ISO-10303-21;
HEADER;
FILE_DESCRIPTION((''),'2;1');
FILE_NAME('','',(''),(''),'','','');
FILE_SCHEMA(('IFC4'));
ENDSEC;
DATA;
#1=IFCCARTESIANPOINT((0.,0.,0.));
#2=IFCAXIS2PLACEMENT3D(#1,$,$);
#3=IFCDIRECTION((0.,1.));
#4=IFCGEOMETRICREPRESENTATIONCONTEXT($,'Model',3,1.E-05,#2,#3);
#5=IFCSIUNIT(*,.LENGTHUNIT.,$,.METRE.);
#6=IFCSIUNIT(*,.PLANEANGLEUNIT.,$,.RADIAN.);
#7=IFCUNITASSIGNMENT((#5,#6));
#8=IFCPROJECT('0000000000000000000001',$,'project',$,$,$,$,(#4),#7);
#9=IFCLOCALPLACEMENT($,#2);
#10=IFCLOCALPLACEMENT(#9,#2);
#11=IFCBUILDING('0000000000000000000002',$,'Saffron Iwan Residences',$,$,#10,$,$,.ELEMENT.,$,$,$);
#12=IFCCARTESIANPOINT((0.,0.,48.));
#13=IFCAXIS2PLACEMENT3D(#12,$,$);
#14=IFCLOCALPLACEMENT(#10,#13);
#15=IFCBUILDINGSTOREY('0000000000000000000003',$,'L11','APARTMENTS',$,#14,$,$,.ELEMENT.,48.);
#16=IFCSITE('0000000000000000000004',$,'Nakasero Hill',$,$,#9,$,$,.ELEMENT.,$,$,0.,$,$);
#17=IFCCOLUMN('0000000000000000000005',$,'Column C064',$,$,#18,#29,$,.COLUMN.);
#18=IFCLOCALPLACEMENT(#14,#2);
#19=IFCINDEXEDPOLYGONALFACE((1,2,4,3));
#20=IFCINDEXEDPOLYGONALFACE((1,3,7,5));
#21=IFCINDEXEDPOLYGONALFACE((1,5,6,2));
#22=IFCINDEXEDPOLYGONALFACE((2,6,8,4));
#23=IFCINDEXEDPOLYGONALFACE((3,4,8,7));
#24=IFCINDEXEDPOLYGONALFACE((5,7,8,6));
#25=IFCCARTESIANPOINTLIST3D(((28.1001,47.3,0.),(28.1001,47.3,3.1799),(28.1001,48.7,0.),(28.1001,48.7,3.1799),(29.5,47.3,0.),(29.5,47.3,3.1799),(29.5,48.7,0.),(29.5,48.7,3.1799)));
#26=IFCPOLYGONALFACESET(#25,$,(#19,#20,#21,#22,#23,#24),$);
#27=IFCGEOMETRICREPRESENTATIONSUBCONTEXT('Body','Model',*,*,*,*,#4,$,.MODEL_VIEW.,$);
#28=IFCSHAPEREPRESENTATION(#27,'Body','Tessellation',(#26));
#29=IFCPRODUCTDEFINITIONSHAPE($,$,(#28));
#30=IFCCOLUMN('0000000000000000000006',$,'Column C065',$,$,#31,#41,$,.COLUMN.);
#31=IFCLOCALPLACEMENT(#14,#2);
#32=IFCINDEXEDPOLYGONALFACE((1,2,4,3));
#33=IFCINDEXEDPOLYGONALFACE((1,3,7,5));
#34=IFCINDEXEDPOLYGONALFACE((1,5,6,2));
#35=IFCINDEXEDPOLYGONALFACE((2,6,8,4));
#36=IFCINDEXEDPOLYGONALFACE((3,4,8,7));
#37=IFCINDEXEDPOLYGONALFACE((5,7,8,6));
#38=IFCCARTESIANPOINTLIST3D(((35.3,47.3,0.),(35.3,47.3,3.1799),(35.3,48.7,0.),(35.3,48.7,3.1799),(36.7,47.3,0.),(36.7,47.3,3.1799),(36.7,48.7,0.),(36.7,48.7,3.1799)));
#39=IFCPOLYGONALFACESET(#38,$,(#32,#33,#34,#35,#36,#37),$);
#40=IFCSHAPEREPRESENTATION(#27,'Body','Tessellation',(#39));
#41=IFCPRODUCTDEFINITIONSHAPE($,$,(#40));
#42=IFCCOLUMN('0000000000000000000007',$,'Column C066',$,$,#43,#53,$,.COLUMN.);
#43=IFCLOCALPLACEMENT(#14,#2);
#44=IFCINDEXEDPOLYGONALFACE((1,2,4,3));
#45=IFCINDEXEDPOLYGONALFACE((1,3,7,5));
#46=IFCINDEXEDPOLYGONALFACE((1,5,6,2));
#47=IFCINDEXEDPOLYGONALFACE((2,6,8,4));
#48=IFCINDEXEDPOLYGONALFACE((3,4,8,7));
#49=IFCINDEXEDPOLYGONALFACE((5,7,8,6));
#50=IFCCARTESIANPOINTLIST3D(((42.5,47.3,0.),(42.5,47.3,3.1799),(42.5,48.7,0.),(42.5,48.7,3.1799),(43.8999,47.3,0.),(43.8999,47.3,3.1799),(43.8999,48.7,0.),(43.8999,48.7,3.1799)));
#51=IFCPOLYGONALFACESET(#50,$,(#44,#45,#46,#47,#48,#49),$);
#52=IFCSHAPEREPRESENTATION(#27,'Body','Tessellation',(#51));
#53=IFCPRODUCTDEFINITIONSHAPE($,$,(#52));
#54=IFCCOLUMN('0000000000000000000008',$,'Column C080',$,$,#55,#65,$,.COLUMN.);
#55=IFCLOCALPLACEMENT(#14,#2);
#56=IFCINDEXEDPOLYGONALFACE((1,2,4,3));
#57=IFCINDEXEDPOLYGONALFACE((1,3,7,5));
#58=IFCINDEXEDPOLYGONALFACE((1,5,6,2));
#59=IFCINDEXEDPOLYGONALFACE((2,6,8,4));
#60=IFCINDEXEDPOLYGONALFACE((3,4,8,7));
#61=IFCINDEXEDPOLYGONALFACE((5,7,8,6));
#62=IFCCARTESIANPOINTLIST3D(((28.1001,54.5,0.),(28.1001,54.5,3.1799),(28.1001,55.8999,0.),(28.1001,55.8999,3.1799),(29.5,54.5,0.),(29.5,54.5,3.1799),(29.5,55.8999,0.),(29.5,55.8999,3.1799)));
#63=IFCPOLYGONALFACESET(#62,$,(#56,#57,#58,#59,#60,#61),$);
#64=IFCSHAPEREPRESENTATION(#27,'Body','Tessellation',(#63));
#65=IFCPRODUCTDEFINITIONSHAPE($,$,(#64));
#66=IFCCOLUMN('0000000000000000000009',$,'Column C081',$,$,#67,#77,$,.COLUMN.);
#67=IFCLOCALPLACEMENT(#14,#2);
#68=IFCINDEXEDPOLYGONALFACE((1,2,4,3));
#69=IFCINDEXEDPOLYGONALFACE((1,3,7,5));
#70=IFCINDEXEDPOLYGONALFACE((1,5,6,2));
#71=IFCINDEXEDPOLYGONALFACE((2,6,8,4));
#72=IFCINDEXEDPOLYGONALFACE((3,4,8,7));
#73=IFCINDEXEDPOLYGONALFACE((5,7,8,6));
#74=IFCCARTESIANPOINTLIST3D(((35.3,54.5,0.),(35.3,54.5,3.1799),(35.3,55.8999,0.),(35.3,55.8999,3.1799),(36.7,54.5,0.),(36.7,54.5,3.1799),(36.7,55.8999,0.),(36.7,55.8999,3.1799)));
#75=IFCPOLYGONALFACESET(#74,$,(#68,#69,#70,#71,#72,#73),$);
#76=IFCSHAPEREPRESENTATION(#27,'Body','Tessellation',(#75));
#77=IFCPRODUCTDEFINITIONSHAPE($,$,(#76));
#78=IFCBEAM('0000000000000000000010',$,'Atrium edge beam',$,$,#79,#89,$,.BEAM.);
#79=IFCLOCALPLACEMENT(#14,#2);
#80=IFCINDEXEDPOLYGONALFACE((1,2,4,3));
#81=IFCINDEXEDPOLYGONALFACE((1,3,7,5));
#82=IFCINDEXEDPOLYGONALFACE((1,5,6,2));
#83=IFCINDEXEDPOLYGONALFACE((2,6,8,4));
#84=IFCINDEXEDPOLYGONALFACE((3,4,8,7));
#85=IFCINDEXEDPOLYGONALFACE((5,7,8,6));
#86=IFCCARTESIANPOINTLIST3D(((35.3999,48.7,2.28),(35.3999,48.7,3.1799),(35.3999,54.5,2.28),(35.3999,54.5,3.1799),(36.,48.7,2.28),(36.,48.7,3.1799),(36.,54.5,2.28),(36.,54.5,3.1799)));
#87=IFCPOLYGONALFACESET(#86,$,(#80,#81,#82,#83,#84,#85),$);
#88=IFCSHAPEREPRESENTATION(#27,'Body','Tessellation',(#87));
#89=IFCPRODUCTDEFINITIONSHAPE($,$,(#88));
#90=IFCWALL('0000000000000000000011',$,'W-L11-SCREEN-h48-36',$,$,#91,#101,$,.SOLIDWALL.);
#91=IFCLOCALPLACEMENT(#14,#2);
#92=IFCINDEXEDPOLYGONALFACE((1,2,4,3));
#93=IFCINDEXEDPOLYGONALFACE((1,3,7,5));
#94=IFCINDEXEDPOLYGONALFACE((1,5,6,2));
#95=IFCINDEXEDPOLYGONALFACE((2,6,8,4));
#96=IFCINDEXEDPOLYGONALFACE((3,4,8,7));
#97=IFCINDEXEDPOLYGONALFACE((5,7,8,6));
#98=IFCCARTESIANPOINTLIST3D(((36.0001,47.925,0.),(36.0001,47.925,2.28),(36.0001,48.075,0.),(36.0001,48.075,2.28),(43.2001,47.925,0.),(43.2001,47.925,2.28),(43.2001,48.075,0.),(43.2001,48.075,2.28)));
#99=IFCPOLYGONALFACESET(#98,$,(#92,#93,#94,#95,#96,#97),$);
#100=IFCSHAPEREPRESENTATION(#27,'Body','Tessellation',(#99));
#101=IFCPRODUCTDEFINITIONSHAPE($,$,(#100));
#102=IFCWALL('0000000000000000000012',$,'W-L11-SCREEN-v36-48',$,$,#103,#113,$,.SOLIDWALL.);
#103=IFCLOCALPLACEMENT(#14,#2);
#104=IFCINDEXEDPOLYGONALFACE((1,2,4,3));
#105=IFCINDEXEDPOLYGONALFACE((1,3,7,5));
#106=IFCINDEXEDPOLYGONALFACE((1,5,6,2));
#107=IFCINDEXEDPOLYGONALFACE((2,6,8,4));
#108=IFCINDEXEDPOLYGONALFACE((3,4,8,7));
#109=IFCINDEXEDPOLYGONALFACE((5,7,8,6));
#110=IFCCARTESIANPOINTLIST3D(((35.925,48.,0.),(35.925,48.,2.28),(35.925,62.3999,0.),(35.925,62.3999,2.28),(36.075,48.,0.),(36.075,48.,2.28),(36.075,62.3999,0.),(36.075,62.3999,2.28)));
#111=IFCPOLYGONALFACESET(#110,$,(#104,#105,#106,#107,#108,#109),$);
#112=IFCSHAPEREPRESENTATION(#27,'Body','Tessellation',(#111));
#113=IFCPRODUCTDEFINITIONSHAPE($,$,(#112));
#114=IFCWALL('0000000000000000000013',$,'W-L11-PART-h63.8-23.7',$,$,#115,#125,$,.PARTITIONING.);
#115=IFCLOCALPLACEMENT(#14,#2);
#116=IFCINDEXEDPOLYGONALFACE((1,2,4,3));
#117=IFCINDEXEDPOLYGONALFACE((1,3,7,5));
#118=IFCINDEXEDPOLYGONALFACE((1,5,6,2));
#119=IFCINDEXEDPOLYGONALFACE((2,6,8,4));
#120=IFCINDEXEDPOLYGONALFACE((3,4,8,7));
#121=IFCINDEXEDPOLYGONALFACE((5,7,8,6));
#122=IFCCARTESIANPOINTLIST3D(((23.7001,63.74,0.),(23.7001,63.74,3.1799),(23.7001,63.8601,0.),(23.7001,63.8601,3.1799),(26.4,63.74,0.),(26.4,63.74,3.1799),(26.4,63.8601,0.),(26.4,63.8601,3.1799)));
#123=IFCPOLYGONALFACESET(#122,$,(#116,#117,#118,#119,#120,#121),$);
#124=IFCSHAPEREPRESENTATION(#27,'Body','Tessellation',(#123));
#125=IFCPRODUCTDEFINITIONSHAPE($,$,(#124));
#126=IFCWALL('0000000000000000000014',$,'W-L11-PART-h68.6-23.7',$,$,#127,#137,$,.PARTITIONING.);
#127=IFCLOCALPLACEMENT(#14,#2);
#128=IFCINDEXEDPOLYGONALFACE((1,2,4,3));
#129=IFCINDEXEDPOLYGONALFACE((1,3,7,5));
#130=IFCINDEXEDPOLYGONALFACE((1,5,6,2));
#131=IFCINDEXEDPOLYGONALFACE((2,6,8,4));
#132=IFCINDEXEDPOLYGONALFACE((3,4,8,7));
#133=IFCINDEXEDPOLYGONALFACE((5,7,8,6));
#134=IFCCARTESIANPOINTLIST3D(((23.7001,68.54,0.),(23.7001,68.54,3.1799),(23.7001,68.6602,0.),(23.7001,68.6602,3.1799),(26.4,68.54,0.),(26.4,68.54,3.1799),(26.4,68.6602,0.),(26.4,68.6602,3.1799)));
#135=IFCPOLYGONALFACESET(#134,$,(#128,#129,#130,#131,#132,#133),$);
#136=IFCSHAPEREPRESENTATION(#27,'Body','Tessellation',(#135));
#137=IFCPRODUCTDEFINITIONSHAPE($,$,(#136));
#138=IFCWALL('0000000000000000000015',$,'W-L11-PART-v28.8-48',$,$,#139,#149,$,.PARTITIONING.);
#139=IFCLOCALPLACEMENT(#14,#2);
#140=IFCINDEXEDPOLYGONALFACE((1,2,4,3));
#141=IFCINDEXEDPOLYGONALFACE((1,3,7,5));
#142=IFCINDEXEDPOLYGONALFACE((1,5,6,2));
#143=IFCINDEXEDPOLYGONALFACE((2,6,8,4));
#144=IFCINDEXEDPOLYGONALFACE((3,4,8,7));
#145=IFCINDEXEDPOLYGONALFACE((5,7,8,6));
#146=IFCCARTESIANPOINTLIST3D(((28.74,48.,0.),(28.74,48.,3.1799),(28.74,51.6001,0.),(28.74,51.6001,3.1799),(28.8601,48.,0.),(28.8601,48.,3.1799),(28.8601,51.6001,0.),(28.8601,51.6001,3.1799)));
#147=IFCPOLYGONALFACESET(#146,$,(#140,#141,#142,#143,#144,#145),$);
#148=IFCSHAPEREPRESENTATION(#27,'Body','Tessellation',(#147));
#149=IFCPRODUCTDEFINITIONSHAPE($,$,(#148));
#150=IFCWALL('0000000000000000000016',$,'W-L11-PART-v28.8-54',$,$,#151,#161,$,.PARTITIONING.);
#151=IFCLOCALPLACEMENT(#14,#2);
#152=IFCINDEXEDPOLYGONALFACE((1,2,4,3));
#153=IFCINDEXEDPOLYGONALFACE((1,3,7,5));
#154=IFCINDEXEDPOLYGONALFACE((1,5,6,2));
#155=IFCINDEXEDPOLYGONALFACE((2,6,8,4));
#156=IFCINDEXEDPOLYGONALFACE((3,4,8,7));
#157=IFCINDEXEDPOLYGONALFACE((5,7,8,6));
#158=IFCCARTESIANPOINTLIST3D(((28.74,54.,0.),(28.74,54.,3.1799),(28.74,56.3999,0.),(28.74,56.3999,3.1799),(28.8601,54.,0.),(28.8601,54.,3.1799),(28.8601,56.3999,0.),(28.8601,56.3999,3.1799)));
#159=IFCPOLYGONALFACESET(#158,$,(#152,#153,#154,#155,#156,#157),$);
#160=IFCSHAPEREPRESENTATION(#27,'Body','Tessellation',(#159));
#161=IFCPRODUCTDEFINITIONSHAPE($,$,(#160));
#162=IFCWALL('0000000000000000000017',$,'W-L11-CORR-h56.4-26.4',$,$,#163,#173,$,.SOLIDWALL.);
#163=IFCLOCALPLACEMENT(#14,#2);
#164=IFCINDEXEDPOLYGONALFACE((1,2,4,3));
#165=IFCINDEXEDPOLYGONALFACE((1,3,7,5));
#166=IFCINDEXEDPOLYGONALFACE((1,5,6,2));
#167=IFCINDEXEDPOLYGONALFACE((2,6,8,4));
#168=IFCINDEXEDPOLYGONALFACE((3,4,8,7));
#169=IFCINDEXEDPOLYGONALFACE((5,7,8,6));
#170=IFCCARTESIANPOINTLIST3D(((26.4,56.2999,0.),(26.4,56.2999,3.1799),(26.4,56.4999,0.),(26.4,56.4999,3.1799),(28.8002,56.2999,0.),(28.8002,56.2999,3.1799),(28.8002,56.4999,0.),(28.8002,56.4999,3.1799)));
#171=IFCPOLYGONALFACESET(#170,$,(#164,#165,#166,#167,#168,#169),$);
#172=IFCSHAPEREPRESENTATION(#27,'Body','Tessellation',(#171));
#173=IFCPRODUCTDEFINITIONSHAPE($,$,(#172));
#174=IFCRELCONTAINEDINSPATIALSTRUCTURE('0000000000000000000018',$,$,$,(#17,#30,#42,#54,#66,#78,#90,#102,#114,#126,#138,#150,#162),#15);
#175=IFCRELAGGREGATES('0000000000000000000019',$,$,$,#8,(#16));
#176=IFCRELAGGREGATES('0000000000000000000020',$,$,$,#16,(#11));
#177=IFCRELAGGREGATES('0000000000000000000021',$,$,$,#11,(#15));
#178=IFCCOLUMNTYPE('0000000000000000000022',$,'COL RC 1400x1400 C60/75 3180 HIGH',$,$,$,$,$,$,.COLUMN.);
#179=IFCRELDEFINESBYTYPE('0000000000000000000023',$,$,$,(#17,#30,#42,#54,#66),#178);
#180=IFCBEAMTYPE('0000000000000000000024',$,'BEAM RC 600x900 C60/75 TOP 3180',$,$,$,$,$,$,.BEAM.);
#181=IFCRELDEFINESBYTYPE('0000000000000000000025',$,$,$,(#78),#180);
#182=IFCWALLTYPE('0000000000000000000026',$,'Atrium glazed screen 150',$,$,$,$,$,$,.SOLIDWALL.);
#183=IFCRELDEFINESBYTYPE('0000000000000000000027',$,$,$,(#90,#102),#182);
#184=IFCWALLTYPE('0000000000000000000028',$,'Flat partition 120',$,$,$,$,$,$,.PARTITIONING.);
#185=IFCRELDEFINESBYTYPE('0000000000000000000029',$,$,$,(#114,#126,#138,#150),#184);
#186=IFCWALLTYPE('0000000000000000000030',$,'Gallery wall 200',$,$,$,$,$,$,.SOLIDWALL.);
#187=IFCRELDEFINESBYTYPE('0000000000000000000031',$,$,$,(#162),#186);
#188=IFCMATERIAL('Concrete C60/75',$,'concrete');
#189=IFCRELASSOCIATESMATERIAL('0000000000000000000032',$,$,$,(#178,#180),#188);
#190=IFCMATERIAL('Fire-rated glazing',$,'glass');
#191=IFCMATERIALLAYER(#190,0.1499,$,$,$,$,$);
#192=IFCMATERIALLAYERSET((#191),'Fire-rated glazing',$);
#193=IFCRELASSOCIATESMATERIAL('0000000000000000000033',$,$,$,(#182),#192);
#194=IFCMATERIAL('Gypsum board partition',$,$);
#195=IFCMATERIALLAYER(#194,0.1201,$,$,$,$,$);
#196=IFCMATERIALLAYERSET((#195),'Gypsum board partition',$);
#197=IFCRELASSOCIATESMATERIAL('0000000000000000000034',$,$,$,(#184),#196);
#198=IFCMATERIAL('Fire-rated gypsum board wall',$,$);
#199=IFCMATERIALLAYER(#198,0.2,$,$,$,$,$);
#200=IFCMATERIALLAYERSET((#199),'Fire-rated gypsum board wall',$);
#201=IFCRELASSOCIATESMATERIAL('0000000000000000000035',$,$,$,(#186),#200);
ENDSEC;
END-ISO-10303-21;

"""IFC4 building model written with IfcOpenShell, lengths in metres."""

from ifc_helpers import new_model, si_unit, direction, frame, frame_2d, origin, origin_2d, place, context, subcontext, project, spatial, rectangle, extrude, source, transform, mapped, material, layer, layer_set, material_profile, profile_set, type_object, element, save


model = new_model("IFC4")

# Units and contexts
model_context = context("Model", 3, precision=1e-05, world=origin(), true_north=direction((0.0, 1.0)))
body_context = subcontext(model_context, "Body", "Model", "MODEL_VIEW")
ifc_project = project(units=[si_unit("LENGTHUNIT", "METRE"), si_unit("PLANEANGLEUNIT", "RADIAN")], contexts=[model_context])

# Site, building, storey
site_placement = place(None, origin())
site = spatial("IfcSite", under=ifc_project, at=site_placement, Name="Nakasero Hill", CompositionType="ELEMENT", RefElevation=0.0)
building_placement = place(site_placement, origin())
building = spatial("IfcBuilding", under=site, at=building_placement, Name="Saffron Iwan Residences", CompositionType="ELEMENT")
storey_placement = place(building_placement, frame((0.0, 0.0, 48.0)))
storey = spatial("IfcBuildingStorey", under=building, at=storey_placement, Name="L11", Description="APARTMENTS", CompositionType="ELEMENT", Elevation=48.0)

# Columns
ifc_material_1 = material(Name="Concrete C60/75", Category="concrete")
ifc_material_profile_1 = material_profile(ifc_material_1, rectangle(XDim=1.3999, YDim=1.3999, at=origin_2d()), Name="RC 1400x1400")
ifc_profile_set_1 = profile_set([ifc_material_profile_1], Name="Concrete C60/75")
column_type = type_object("IfcColumnType", Name="COL RC 1400x1400 C60/75 3180 HIGH", PredefinedType="COLUMN", material=ifc_profile_set_1)
shared_shape_1 = source(origin(), body_context, "Body", "SweptSolid", [
    extrude(rectangle(XDim=1.3999, YDim=1.3999, at=origin_2d()), origin(), (0.0, 0.0, 1.0), 3.1799),
])
for number, where, z_axis, x_axis, name in (
    (1, (28.8, 48.0, 0.0), (0.0, 0.0, 1.0), (1.0, 0.0, 0.0), "Column C064"),
    (2, (36.0, 48.0, 0.0), (0.0, 0.0, 1.0), (1.0, 0.0, 0.0), "Column C065"),
    (3, (43.2, 48.0, 0.0), (0.0, 0.0, 1.0), (1.0, 0.0, 0.0), "Column C066"),
    (4, (28.8, 55.2, 0.0), (0.0, 0.0, 1.0), (1.0, 0.0, 0.0), "Column C080"),
    (5, (36.0, 55.2, 0.0), (0.0, 0.0, 1.0), (1.0, 0.0, 0.0), "Column C081"),
):
    element("IfcColumn", number, at=place(storey_placement, frame(where, z_axis=z_axis, x_axis=x_axis)), inside=storey, type_object=column_type, Name=name, PredefinedType="COLUMN", context=body_context, shape_type="MappedRepresentation", body=[
        mapped(shared_shape_1, transform((0.0, 0.0, 0.0))),
    ])

# Beam
ifc_material_profile_2 = material_profile(ifc_material_1, rectangle(XDim=0.6001, YDim=0.8999, at=origin_2d()), Name="RC 600x900")
ifc_profile_set_2 = profile_set([ifc_material_profile_2], Name="Concrete C60/75")
beam_type = type_object("IfcBeamType", Name="BEAM RC 600x900 C60/75 TOP 3180", PredefinedType="BEAM", material=ifc_profile_set_2)
shared_shape_2 = source(origin(), body_context, "Body", "SweptSolid", [
    extrude(rectangle(XDim=0.6001, YDim=0.8999, at=origin_2d()), origin(), (0.0, 0.0, 1.0), 5.8),
])
beam_placement = place(storey_placement, frame((35.7, 48.7, 2.73), z_axis=(0.0, 1.0, 0.0), x_axis=(-1.0, 0.0, 0.0)))
element("IfcBeam", 6, at=beam_placement, inside=storey, type_object=beam_type, Name="Atrium edge beam", PredefinedType="BEAM", context=body_context, shape_type="MappedRepresentation", body=[
    mapped(shared_shape_2, transform((0.0, 0.0, 0.0))),
])

# Walls
ifc_material_2 = material(Name="Fire-rated glazing", Category="glass")
ifc_layer_1 = layer(ifc_material_2, 0.1499)
ifc_layer_set_1 = layer_set([ifc_layer_1], Name="Fire-rated glazing")
wall_type_1 = type_object("IfcWallType", Name="Atrium glazed screen 150", PredefinedType="SOLIDWALL", material=ifc_layer_set_1)
wall_1_placement = place(storey_placement, frame((36.0, 48.0, 0.0), z_axis=(0.0, 0.0, 1.0), x_axis=(1.0, 0.0, 0.0)))
element("IfcWall", 7, at=wall_1_placement, inside=storey, type_object=wall_type_1, Name="W-L11-SCREEN-h48-36", PredefinedType="SOLIDWALL", context=body_context, shape_type="SweptSolid", body=[
    extrude(rectangle(XDim=7.2, YDim=0.1499, at=frame_2d((3.6001, 0.0))), origin(), (0.0, 0.0, 1.0), 2.28),
])
wall_2_placement = place(storey_placement, frame((36.0, 48.0, 0.0), z_axis=(0.0, 0.0, 1.0), x_axis=(0.0, 1.0, 0.0)))
element("IfcWall", 8, at=wall_2_placement, inside=storey, type_object=wall_type_1, Name="W-L11-SCREEN-v36-48", PredefinedType="SOLIDWALL", context=body_context, shape_type="SweptSolid", body=[
    extrude(rectangle(XDim=14.3999, YDim=0.1499, at=frame_2d((7.2, 0.0))), origin(), (0.0, 0.0, 1.0), 2.28),
])
ifc_material_3 = material(Name="Gypsum board partition")
ifc_layer_2 = layer(ifc_material_3, 0.1201)
ifc_layer_set_2 = layer_set([ifc_layer_2], Name="Gypsum board partition")
wall_type_2 = type_object("IfcWallType", Name="Flat partition 120", PredefinedType="PARTITIONING", material=ifc_layer_set_2)
for number, where, z_axis, x_axis, name in (
    (9, (23.7, 63.8, 0.0), (0.0, 0.0, 1.0), (1.0, 0.0, 0.0), "W-L11-PART-h63.8-23.7"),
    (10, (23.7, 68.6001, 0.0), (0.0, 0.0, 1.0), (1.0, 0.0, 0.0), "W-L11-PART-h68.6-23.7"),
):
    element("IfcWall", number, at=place(storey_placement, frame(where, z_axis=z_axis, x_axis=x_axis)), inside=storey, type_object=wall_type_2, Name=name, PredefinedType="PARTITIONING", context=body_context, shape_type="SweptSolid", body=[
        extrude(rectangle(XDim=2.7, YDim=0.1201, at=frame_2d((1.3501, 0.0))), origin(), (0.0, 0.0, 1.0), 3.1799),
    ])
wall_3_placement = place(storey_placement, frame((28.8, 48.0, 0.0), z_axis=(0.0, 0.0, 1.0), x_axis=(0.0, 1.0, 0.0)))
element("IfcWall", 11, at=wall_3_placement, inside=storey, type_object=wall_type_2, Name="W-L11-PART-v28.8-48", PredefinedType="PARTITIONING", context=body_context, shape_type="SweptSolid", body=[
    extrude(rectangle(XDim=3.6001, YDim=0.1201, at=frame_2d((1.8, 0.0))), origin(), (0.0, 0.0, 1.0), 3.1799),
])
wall_4_placement = place(storey_placement, frame((28.8, 54.0, 0.0), z_axis=(0.0, 0.0, 1.0), x_axis=(0.0, 1.0, 0.0)))
element("IfcWall", 12, at=wall_4_placement, inside=storey, type_object=wall_type_2, Name="W-L11-PART-v28.8-54", PredefinedType="PARTITIONING", context=body_context, shape_type="SweptSolid", body=[
    extrude(rectangle(XDim=2.3999, YDim=0.1201, at=frame_2d((1.2, 0.0))), origin(), (0.0, 0.0, 1.0), 3.1799),
])
ifc_material_4 = material(Name="Fire-rated gypsum board wall")
ifc_layer_3 = layer(ifc_material_4, 0.2)
ifc_layer_set_3 = layer_set([ifc_layer_3], Name="Fire-rated gypsum board wall")
wall_type_3 = type_object("IfcWallType", Name="Gallery wall 200", PredefinedType="SOLIDWALL", material=ifc_layer_set_3)
wall_5_placement = place(storey_placement, frame((26.3999, 56.3999, 0.0), z_axis=(0.0, 0.0, 1.0), x_axis=(1.0, 0.0, 0.0)))
element("IfcWall", 13, at=wall_5_placement, inside=storey, type_object=wall_type_3, Name="W-L11-CORR-h56.4-26.4", PredefinedType="SOLIDWALL", context=body_context, shape_type="SweptSolid", body=[
    extrude(rectangle(XDim=2.4001, YDim=0.2, at=frame_2d((1.2002, 0.0))), origin(), (0.0, 0.0, 1.0), 3.1799),
])

save(model, "model.ifc")
